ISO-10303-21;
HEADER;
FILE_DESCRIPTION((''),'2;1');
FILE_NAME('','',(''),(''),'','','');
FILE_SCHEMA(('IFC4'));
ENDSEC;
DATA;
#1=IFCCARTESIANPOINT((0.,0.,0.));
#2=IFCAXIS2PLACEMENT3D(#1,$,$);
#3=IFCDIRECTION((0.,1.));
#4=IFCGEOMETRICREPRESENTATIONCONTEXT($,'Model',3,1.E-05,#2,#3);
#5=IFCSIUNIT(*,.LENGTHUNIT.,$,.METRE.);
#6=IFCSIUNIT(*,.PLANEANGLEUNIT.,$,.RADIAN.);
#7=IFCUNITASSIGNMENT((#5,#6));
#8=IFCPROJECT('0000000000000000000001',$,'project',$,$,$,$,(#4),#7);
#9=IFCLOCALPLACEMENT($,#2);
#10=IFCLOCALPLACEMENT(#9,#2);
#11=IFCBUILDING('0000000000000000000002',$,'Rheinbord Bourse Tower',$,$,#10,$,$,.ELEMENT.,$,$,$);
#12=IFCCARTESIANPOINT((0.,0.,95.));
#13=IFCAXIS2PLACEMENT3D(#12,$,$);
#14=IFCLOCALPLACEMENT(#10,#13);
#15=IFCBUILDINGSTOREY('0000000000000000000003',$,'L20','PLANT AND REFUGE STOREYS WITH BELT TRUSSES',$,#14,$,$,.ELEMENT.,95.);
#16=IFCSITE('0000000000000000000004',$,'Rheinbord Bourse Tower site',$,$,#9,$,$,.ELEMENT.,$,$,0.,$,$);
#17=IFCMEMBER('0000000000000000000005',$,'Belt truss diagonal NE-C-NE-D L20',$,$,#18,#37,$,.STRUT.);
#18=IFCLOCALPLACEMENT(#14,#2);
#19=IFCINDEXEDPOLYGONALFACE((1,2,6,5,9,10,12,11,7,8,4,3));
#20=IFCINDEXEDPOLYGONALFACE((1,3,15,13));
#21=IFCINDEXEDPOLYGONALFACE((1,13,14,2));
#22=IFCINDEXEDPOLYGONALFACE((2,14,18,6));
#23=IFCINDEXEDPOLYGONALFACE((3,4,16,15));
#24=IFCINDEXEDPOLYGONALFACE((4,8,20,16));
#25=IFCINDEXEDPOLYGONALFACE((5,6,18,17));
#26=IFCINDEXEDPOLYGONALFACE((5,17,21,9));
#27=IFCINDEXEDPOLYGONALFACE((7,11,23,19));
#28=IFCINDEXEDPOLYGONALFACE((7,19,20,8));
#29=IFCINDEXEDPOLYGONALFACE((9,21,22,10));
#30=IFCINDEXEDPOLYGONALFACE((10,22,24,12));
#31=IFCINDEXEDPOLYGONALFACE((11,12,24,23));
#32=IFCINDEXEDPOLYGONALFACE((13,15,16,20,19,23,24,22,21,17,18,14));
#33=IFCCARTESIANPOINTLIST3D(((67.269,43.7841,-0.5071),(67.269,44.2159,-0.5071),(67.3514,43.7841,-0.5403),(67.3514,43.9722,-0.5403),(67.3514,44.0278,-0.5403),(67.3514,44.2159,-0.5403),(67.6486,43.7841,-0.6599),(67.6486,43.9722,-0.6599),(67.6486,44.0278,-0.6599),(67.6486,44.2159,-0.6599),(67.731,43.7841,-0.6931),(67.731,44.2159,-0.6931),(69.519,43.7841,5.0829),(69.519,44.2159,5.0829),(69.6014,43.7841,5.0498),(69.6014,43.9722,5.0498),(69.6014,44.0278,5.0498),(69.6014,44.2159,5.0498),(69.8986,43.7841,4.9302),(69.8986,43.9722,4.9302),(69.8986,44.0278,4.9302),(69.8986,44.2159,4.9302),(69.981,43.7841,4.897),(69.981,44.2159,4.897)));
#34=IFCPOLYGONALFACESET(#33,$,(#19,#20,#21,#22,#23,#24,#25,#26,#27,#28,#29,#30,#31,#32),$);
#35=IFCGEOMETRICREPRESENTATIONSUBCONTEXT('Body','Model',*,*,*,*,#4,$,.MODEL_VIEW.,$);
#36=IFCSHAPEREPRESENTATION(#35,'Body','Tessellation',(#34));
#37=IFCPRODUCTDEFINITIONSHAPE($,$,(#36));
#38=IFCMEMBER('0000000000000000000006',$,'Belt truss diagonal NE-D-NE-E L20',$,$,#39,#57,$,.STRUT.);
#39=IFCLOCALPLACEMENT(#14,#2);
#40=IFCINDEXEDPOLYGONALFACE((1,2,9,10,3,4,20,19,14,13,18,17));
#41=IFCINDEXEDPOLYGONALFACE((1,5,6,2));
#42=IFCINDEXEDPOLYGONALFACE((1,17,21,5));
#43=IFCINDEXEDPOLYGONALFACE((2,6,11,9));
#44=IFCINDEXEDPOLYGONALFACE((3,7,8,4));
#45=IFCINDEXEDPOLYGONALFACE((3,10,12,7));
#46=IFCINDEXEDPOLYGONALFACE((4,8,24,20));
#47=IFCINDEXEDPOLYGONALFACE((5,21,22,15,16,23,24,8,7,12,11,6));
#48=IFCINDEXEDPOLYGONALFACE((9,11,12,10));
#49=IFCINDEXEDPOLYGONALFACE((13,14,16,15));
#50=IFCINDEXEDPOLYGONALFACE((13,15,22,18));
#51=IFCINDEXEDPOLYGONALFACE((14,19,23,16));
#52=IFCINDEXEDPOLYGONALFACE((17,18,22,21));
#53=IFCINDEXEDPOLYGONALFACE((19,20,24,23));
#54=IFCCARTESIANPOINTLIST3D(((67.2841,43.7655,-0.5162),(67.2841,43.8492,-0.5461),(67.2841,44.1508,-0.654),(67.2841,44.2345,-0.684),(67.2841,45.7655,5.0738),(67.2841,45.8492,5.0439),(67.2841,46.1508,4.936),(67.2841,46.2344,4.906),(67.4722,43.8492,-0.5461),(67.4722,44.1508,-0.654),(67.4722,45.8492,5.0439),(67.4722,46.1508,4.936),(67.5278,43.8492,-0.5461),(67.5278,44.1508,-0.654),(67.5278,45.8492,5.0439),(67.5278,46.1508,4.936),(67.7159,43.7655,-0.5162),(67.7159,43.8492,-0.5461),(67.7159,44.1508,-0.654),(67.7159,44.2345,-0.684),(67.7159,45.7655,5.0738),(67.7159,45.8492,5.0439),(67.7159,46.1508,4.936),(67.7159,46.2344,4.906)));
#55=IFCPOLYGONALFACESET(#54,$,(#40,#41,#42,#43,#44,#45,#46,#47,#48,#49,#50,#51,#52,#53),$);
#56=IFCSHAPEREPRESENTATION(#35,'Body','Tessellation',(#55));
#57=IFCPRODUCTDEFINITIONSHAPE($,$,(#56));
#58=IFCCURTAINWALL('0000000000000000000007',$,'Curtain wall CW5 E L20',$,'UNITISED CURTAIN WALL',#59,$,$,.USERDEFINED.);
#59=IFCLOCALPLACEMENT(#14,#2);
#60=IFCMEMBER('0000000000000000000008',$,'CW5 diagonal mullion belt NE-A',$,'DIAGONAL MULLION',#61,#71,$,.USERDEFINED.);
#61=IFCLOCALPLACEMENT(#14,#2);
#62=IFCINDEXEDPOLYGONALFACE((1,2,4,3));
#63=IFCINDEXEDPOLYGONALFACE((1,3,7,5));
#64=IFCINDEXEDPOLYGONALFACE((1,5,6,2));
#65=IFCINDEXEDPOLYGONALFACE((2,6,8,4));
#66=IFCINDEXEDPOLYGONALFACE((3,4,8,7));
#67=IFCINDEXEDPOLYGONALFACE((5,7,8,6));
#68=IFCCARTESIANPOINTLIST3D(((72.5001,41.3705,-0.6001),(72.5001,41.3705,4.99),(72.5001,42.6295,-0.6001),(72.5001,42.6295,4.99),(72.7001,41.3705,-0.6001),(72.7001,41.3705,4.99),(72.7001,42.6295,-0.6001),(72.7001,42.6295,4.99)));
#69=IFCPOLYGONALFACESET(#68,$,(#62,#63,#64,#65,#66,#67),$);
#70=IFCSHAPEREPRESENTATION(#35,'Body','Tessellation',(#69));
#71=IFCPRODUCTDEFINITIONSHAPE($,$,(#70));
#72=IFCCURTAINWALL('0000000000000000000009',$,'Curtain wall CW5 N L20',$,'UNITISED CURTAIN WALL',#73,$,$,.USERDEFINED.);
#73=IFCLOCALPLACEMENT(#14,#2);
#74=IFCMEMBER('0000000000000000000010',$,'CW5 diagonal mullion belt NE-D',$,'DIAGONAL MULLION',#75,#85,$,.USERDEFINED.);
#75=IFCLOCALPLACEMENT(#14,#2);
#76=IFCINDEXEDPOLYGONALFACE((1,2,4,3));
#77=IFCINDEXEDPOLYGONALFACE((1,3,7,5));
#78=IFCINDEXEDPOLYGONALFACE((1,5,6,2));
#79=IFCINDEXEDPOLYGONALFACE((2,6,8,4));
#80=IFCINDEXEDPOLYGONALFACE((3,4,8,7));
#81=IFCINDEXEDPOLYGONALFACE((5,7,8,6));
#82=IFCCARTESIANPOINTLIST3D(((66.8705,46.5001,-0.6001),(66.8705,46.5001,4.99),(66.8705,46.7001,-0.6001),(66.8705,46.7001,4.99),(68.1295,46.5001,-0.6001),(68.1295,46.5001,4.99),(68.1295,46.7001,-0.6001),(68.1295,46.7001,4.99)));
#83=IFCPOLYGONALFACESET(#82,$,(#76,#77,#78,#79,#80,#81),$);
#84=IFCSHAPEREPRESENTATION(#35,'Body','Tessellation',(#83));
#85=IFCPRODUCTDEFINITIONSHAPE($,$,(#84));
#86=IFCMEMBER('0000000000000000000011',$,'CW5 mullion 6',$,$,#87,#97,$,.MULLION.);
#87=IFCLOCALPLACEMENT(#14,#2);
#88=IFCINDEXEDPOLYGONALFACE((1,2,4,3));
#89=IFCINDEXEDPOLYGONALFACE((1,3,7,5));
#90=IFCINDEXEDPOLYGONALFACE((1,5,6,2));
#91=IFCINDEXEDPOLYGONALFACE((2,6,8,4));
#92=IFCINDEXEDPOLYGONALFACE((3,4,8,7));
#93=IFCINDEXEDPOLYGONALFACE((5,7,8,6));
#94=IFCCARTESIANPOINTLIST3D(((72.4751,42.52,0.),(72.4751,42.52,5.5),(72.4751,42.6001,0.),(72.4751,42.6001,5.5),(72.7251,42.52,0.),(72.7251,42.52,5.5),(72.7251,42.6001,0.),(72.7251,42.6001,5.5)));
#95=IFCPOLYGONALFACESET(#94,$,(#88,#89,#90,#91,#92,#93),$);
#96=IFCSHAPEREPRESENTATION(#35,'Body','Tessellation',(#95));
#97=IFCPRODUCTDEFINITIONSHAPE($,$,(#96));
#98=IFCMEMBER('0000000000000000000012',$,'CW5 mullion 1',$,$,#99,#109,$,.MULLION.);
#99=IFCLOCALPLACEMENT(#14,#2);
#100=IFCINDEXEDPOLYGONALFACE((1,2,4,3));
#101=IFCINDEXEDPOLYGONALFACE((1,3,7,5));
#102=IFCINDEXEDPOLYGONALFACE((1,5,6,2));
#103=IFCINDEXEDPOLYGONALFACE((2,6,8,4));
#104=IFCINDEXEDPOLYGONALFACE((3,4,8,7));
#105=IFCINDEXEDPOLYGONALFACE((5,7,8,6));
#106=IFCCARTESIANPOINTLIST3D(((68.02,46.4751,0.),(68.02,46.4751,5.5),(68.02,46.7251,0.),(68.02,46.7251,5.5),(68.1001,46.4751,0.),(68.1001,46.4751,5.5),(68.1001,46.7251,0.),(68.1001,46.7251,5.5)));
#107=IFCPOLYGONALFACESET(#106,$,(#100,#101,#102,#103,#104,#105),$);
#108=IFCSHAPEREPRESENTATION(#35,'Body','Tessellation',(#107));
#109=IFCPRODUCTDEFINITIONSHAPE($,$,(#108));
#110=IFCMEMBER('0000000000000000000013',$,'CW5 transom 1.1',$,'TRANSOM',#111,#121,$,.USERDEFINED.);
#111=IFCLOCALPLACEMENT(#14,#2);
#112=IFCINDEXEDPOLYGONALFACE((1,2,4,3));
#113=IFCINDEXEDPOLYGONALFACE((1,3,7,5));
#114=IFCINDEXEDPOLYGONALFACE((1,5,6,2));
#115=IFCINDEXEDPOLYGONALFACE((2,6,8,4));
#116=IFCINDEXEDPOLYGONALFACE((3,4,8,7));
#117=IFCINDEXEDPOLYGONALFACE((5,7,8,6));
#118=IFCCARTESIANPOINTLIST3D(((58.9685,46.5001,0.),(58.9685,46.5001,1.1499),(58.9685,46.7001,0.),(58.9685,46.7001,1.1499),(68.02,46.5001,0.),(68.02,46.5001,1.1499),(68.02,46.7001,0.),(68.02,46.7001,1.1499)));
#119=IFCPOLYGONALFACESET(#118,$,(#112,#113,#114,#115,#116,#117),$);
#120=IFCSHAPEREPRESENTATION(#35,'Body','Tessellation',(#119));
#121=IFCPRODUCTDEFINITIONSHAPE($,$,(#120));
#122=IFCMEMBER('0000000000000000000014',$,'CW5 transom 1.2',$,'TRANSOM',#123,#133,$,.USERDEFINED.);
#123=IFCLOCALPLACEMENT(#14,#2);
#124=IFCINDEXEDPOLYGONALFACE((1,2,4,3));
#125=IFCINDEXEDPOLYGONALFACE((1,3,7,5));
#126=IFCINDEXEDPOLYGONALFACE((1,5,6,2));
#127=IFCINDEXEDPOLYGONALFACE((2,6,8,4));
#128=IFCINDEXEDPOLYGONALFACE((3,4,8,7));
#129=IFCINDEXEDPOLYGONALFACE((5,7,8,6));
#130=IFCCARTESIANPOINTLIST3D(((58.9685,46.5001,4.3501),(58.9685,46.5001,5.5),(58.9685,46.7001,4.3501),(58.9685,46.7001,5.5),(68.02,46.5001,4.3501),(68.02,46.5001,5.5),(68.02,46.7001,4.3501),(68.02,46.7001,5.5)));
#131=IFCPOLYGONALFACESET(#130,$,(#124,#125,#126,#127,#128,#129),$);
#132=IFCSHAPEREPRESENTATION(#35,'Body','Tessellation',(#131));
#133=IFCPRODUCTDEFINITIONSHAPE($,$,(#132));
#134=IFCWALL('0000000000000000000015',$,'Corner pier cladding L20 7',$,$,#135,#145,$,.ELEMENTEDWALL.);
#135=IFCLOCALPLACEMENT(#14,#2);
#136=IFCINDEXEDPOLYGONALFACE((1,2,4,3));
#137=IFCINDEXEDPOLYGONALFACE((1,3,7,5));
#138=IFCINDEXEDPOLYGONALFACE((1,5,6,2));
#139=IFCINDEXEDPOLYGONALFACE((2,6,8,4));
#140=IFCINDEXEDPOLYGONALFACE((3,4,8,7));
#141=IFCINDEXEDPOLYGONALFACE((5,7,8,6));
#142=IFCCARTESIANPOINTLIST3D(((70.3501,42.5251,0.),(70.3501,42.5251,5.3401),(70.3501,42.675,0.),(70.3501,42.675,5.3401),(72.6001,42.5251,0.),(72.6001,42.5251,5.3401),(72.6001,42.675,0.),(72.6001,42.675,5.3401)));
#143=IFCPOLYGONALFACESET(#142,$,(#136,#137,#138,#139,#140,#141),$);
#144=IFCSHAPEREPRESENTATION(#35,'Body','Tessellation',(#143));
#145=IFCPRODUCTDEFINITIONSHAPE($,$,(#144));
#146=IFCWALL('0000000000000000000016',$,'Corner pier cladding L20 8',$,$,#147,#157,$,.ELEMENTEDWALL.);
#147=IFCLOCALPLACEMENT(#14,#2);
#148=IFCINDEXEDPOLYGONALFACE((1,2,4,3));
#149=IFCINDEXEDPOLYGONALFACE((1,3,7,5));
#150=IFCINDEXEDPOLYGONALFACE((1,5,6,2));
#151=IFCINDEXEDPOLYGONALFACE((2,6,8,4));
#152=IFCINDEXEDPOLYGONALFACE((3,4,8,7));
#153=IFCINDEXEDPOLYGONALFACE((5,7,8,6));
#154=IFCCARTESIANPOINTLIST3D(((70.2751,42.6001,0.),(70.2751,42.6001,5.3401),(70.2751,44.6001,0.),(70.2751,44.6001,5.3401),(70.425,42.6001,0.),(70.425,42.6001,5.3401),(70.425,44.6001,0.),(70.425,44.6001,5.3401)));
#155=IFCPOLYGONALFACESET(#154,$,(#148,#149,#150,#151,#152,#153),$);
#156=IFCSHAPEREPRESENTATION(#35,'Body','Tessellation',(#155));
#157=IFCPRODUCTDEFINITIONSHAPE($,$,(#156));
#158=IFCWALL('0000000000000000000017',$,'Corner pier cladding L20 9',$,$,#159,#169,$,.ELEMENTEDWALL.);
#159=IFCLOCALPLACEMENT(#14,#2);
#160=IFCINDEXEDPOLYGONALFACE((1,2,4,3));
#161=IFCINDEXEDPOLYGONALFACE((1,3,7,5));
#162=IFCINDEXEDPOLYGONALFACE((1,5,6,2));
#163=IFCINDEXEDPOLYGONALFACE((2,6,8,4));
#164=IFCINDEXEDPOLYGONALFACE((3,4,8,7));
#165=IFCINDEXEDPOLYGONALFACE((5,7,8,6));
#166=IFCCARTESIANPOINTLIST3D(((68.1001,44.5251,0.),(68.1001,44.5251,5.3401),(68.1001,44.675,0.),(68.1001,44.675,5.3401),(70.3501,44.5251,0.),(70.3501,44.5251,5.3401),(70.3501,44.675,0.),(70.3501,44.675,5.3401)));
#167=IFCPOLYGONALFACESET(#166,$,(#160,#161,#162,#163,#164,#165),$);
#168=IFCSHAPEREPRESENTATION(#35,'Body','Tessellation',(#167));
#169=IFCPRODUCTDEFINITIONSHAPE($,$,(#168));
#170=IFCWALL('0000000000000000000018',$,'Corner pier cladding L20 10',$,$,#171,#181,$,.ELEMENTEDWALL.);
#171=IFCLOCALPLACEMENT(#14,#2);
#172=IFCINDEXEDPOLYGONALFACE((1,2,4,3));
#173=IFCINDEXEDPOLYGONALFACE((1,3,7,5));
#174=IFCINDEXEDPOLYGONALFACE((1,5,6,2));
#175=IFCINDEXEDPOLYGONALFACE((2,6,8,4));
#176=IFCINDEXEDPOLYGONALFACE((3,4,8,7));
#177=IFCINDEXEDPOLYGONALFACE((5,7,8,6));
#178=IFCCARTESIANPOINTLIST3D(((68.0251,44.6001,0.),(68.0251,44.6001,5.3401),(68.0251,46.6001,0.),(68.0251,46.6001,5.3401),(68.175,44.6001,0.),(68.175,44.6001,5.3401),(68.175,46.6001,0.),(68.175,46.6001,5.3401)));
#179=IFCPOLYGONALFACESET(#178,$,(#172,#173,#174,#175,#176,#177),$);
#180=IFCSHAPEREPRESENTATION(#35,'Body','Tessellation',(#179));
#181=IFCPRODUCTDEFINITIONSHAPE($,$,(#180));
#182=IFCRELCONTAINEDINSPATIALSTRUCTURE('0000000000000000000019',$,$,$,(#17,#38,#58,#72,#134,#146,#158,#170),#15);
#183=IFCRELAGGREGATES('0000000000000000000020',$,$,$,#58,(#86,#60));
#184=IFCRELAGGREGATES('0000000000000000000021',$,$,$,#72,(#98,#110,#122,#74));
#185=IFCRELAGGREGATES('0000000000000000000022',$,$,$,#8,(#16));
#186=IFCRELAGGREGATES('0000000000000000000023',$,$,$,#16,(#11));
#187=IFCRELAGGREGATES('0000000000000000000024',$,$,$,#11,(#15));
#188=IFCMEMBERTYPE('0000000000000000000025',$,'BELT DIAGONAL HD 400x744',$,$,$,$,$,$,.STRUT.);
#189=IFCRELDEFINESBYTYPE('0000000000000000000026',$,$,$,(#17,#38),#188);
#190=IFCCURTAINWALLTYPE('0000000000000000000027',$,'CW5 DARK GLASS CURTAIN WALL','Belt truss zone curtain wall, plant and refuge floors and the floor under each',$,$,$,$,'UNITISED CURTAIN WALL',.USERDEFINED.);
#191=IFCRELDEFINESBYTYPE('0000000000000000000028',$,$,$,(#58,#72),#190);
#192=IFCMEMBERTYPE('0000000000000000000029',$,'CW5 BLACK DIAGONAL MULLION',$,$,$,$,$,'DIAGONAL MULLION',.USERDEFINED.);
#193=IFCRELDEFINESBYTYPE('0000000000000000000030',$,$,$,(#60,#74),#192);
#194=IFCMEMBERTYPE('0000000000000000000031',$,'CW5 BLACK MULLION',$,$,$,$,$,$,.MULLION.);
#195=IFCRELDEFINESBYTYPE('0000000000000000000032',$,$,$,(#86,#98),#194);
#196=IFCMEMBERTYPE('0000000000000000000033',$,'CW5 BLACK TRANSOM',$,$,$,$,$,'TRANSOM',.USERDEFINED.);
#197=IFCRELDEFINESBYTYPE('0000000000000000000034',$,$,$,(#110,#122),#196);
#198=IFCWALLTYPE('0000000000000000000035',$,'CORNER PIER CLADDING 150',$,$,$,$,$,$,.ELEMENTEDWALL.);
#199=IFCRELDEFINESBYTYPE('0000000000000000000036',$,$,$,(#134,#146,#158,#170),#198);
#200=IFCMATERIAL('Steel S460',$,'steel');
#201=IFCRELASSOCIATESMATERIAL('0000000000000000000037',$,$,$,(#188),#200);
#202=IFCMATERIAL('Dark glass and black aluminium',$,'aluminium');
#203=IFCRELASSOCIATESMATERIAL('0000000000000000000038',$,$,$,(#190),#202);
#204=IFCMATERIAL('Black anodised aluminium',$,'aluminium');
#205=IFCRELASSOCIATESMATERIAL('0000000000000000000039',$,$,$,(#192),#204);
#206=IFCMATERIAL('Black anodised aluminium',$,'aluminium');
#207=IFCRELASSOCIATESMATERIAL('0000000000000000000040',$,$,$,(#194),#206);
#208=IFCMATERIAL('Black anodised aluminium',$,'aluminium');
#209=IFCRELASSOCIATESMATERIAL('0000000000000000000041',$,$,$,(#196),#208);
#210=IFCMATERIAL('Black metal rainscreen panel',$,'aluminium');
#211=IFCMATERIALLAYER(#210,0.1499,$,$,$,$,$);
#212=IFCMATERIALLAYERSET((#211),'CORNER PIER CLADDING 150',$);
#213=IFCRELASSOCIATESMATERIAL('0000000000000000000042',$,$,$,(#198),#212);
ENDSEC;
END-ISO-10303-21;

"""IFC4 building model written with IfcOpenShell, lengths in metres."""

from ifc_helpers import new_model, si_unit, direction, frame, frame_2d, origin, origin_2d, place, context, subcontext, project, spatial, rectangle, i_section, extrude, material, layer, layer_set, material_profile, profile_set, type_object, element, aggregate, save


model = new_model("IFC4")

# Units and contexts
model_context = context("Model", 3, precision=1e-05, world=origin(), true_north=direction((0.0, 1.0)))
body_context = subcontext(model_context, "Body", "Model", "MODEL_VIEW")
ifc_project = project(units=[si_unit("LENGTHUNIT", "METRE"), si_unit("PLANEANGLEUNIT", "RADIAN")], contexts=[model_context])

# Site, building, storey
site_placement = place(None, origin())
site = spatial("IfcSite", under=ifc_project, at=site_placement, Name="Rheinbord Bourse Tower site", CompositionType="ELEMENT", RefElevation=0.0)
building_placement = place(site_placement, origin())
building = spatial("IfcBuilding", under=site, at=building_placement, Name="Rheinbord Bourse Tower", CompositionType="ELEMENT")
storey_placement = place(building_placement, frame((0.0, 0.0, 95.0)))
storey = spatial("IfcBuildingStorey", under=building, at=storey_placement, Name="L20", Description="PLANT AND REFUGE STOREYS WITH BELT TRUSSES", CompositionType="ELEMENT", Elevation=95.0)

# Members
ifc_material_1 = material(Name="Steel S460", Category="steel")
ifc_material_profile_1 = material_profile(ifc_material_1, i_section(OverallWidth=0.4319, OverallDepth=0.498, WebThickness=0.0557, FlangeThickness=0.0889, at=origin_2d()), Name="HD 400x744")
ifc_profile_set_1 = profile_set([ifc_material_profile_1], Name="Steel S460")
member_type_1 = type_object("IfcMemberType", Name="BELT DIAGONAL HD 400x744", PredefinedType="STRUT", material=ifc_profile_set_1)
member_1_placement = place(storey_placement, frame((67.5, 44.0, -0.6001), z_axis=(0.373388, 0.0, 0.927675), x_axis=(0.0, 1.0, 0.0)))
element("IfcMember", 1, at=member_1_placement, inside=storey, type_object=member_type_1, Name="Belt truss diagonal NE-C-NE-D L20", PredefinedType="STRUT", context=body_context, shape_type="SweptSolid", body=[
    extrude(i_section(OverallWidth=0.4319, OverallDepth=0.498, WebThickness=0.0557, FlangeThickness=0.0889, at=origin_2d()), origin(), (0.0, 0.0, 1.0), 6.0259),
])
member_2_placement = place(storey_placement, frame((67.5, 44.0, -0.6001), z_axis=(0.0, 0.336865, 0.941553), x_axis=(-1.0, 0.0, 0.0)))
element("IfcMember", 2, at=member_2_placement, inside=storey, type_object=member_type_1, Name="Belt truss diagonal NE-D-NE-E L20", PredefinedType="STRUT", context=body_context, shape_type="SweptSolid", body=[
    extrude(i_section(OverallWidth=0.4319, OverallDepth=0.498, WebThickness=0.0557, FlangeThickness=0.0889, at=origin_2d()), origin(), (0.0, 0.0, 1.0), 5.937),
])

# Curtain walls, members
ifc_material_2 = material(Name="Dark glass and black aluminium", Category="aluminium")
curtain_wall_type = type_object("IfcCurtainWallType", Name="CW5 DARK GLASS CURTAIN WALL", Description="Belt truss zone curtain wall, plant and refuge floors and the floor under each", ElementType="UNITISED CURTAIN WALL", PredefinedType="USERDEFINED", material=ifc_material_2)
curtain_wall_1_placement = place(storey_placement, origin())
curtain_wall_1 = element("IfcCurtainWall", 3, at=curtain_wall_1_placement, inside=storey, type_object=curtain_wall_type, Name="Curtain wall CW5 E L20", ObjectType="UNITISED CURTAIN WALL", PredefinedType="USERDEFINED")
ifc_material_3 = material(Name="Black anodised aluminium", Category="aluminium")
ifc_material_profile_2 = material_profile(ifc_material_3, rectangle(XDim=0.2, YDim=1.259, at=origin_2d()), Name="CW5 DIAGONAL MULLION 1259x200")
ifc_profile_set_2 = profile_set([ifc_material_profile_2], Name="Black anodised aluminium")
member_type_2 = type_object("IfcMemberType", Name="CW5 BLACK DIAGONAL MULLION", ElementType="DIAGONAL MULLION", PredefinedType="USERDEFINED", material=ifc_profile_set_2)
member_3_placement = place(storey_placement, frame((72.6001, 42.0, -0.6001), z_axis=(0.0, 0.0, 1.0), x_axis=(-1.0, 0.0, 0.0)))
member_3 = element("IfcMember", 4, at=member_3_placement, type_object=member_type_2, Name="CW5 diagonal mullion belt NE-A", ObjectType="DIAGONAL MULLION", PredefinedType="USERDEFINED", context=body_context, shape_type="SweptSolid", body=[
    extrude(rectangle(XDim=0.2, YDim=1.259, at=origin_2d()), origin(), (0.0, 0.0, 1.0), 5.5901),
])
curtain_wall_2_placement = place(storey_placement, origin())
curtain_wall_2 = element("IfcCurtainWall", 5, at=curtain_wall_2_placement, inside=storey, type_object=curtain_wall_type, Name="Curtain wall CW5 N L20", ObjectType="UNITISED CURTAIN WALL", PredefinedType="USERDEFINED")
member_4_placement = place(storey_placement, frame((67.5, 46.6001, -0.6001), z_axis=(0.0, 0.0, 1.0), x_axis=(0.0, -1.0, 0.0)))
member_4 = element("IfcMember", 6, at=member_4_placement, type_object=member_type_2, Name="CW5 diagonal mullion belt NE-D", ObjectType="DIAGONAL MULLION", PredefinedType="USERDEFINED", context=body_context, shape_type="SweptSolid", body=[
    extrude(rectangle(XDim=0.2, YDim=1.259, at=origin_2d()), origin(), (0.0, 0.0, 1.0), 5.5901),
])

# Members
ifc_material_4 = material(Name="Black anodised aluminium", Category="aluminium")
ifc_material_profile_3 = material_profile(ifc_material_4, rectangle(XDim=0.25, YDim=0.0801, at=origin_2d()), Name="CW5 MULLION 80x250")
ifc_profile_set_3 = profile_set([ifc_material_profile_3], Name="Black anodised aluminium")
member_type_3 = type_object("IfcMemberType", Name="CW5 BLACK MULLION", PredefinedType="MULLION", material=ifc_profile_set_3)
member_5_placement = place(storey_placement, frame((72.6001, 42.5601, 0.0), z_axis=(0.0, 0.0, 1.0), x_axis=(-1.0, 0.0, 0.0)))
member_5 = element("IfcMember", 7, at=member_5_placement, type_object=member_type_3, Name="CW5 mullion 6", PredefinedType="MULLION", context=body_context, shape_type="SweptSolid", body=[
    extrude(rectangle(XDim=0.25, YDim=0.0801, at=origin_2d()), origin(), (0.0, 0.0, 1.0), 5.5),
])
aggregate(curtain_wall_1, [member_5, member_3])
member_6_placement = place(storey_placement, frame((68.0601, 46.6001, 0.0), z_axis=(0.0, 0.0, 1.0), x_axis=(0.0, -1.0, 0.0)))
member_6 = element("IfcMember", 8, at=member_6_placement, type_object=member_type_3, Name="CW5 mullion 1", PredefinedType="MULLION", context=body_context, shape_type="SweptSolid", body=[
    extrude(rectangle(XDim=0.25, YDim=0.0801, at=origin_2d()), origin(), (0.0, 0.0, 1.0), 5.5),
])
ifc_material_5 = material(Name="Black anodised aluminium", Category="aluminium")
ifc_material_profile_4 = material_profile(ifc_material_5, rectangle(XDim=0.2, YDim=1.1499, at=origin_2d()), Name="CW5 TRANSOM 1150x200")
ifc_profile_set_4 = profile_set([ifc_material_profile_4], Name="Black anodised aluminium")
member_type_4 = type_object("IfcMemberType", Name="CW5 BLACK TRANSOM", ElementType="TRANSOM", PredefinedType="USERDEFINED", material=ifc_profile_set_4)
member_7_placement = place(storey_placement, frame((68.02, 46.6001, 0.575), z_axis=(-1.0, 0.0, 0.0), x_axis=(0.0, -1.0, 0.0)))
member_7 = element("IfcMember", 9, at=member_7_placement, type_object=member_type_4, Name="CW5 transom 1.1", ObjectType="TRANSOM", PredefinedType="USERDEFINED", context=body_context, shape_type="SweptSolid", body=[
    extrude(rectangle(XDim=0.2, YDim=1.1499, at=origin_2d()), origin(), (0.0, 0.0, 1.0), 9.0515),
])
member_8_placement = place(storey_placement, frame((68.02, 46.6001, 4.925), z_axis=(-1.0, 0.0, 0.0), x_axis=(0.0, -1.0, 0.0)))
member_8 = element("IfcMember", 10, at=member_8_placement, type_object=member_type_4, Name="CW5 transom 1.2", ObjectType="TRANSOM", PredefinedType="USERDEFINED", context=body_context, shape_type="SweptSolid", body=[
    extrude(rectangle(XDim=0.2, YDim=1.1499, at=origin_2d()), origin(), (0.0, 0.0, 1.0), 9.0515),
])
aggregate(curtain_wall_2, [member_6, member_7, member_8, member_4])

# Walls
ifc_material_6 = material(Name="Black metal rainscreen panel", Category="aluminium")
ifc_layer = layer(ifc_material_6, 0.1499)
ifc_layer_set = layer_set([ifc_layer], Name="CORNER PIER CLADDING 150")
wall_type = type_object("IfcWallType", Name="CORNER PIER CLADDING 150", PredefinedType="ELEMENTEDWALL", material=ifc_layer_set)
wall_1_placement = place(storey_placement, frame((72.6001, 42.6001, 0.0), z_axis=(0.0, 0.0, 1.0), x_axis=(-1.0, 0.0, 0.0)))
element("IfcWall", 11, at=wall_1_placement, inside=storey, type_object=wall_type, Name="Corner pier cladding L20 7", PredefinedType="ELEMENTEDWALL", context=body_context, shape_type="SweptSolid", body=[
    extrude(rectangle(XDim=2.25, YDim=0.1499, at=frame_2d((1.125, 0.0))), origin(), (0.0, 0.0, 1.0), 5.3401),
])
wall_2_placement = place(storey_placement, frame((70.3501, 42.6001, 0.0), z_axis=(0.0, 0.0, 1.0), x_axis=(0.0, 1.0, 0.0)))
element("IfcWall", 12, at=wall_2_placement, inside=storey, type_object=wall_type, Name="Corner pier cladding L20 8", PredefinedType="ELEMENTEDWALL", context=body_context, shape_type="SweptSolid", body=[
    extrude(rectangle(XDim=2.0, YDim=0.1499, at=frame_2d((1.0, 0.0))), origin(), (0.0, 0.0, 1.0), 5.3401),
])
wall_3_placement = place(storey_placement, frame((70.3501, 44.6001, 0.0), z_axis=(0.0, 0.0, 1.0), x_axis=(-1.0, 0.0, 0.0)))
element("IfcWall", 13, at=wall_3_placement, inside=storey, type_object=wall_type, Name="Corner pier cladding L20 9", PredefinedType="ELEMENTEDWALL", context=body_context, shape_type="SweptSolid", body=[
    extrude(rectangle(XDim=2.25, YDim=0.1499, at=frame_2d((1.125, 0.0))), origin(), (0.0, 0.0, 1.0), 5.3401),
])
wall_4_placement = place(storey_placement, frame((68.1001, 44.6001, 0.0), z_axis=(0.0, 0.0, 1.0), x_axis=(0.0, 1.0, 0.0)))
element("IfcWall", 14, at=wall_4_placement, inside=storey, type_object=wall_type, Name="Corner pier cladding L20 10", PredefinedType="ELEMENTEDWALL", context=body_context, shape_type="SweptSolid", body=[
    extrude(rectangle(XDim=2.0, YDim=0.1499, at=frame_2d((1.0, 0.0))), origin(), (0.0, 0.0, 1.0), 5.3401),
])

save(model, "model.ifc")
